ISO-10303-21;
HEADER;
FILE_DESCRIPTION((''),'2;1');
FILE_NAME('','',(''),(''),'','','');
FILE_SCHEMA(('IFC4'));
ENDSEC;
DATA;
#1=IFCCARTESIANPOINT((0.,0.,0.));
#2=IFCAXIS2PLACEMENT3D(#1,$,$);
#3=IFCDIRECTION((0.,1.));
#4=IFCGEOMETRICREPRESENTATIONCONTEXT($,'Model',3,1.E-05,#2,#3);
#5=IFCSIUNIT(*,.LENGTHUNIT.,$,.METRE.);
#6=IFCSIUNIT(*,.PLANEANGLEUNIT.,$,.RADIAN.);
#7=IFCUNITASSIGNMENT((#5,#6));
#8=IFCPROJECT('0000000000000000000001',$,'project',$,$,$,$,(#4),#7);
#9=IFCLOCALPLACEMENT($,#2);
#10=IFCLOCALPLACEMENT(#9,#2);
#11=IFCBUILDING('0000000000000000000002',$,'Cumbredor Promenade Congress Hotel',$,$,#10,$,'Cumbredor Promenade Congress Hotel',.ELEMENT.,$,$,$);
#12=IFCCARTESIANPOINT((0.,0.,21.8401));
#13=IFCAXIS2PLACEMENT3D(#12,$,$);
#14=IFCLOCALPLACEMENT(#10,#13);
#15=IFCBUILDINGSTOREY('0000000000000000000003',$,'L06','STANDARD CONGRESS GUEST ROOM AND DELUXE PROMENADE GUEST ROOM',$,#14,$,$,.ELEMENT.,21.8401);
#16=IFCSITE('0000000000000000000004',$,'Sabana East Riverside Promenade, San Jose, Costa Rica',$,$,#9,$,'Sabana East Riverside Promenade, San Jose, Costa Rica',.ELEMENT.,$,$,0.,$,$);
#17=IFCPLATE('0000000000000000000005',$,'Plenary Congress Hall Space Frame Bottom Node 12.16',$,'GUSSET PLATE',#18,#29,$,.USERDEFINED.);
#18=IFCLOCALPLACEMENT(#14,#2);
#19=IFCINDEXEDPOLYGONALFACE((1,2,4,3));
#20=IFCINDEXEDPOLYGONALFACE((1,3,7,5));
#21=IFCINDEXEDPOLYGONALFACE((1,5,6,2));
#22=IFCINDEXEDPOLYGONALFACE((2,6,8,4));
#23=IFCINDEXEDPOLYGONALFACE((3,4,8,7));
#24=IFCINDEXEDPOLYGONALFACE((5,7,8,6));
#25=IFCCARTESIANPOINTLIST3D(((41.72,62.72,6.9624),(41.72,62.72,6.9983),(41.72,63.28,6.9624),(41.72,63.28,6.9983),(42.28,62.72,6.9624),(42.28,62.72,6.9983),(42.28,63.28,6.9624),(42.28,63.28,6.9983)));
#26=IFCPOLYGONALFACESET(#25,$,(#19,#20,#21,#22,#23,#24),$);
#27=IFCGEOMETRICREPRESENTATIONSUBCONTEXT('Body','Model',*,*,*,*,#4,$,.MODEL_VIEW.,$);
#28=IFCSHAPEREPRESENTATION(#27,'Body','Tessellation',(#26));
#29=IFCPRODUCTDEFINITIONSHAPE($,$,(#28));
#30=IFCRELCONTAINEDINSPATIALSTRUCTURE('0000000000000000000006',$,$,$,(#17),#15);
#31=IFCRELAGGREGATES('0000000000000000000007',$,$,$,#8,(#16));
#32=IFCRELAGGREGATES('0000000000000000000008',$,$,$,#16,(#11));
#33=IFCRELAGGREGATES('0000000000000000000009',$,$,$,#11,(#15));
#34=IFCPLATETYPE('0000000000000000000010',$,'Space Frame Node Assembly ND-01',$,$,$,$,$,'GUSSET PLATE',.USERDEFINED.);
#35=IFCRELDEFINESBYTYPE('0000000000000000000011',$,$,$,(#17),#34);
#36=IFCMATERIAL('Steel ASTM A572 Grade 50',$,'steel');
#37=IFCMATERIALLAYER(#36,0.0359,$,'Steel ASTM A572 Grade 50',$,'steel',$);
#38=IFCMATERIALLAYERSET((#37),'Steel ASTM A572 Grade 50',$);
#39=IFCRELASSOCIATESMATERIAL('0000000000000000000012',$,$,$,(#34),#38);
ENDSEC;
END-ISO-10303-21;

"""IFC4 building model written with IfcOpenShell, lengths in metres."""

from ifc_helpers import new_model, si_unit, direction, frame, origin, origin_2d, place, context, subcontext, project, spatial, rectangle, extrude, material, layer, layer_set, type_object, element, save


model = new_model("IFC4")

# Units and contexts
model_context = context("Model", 3, precision=1e-05, world=origin(), true_north=direction((0.0, 1.0)))
body_context = subcontext(model_context, "Body", "Model", "MODEL_VIEW")
ifc_project = project(units=[si_unit("LENGTHUNIT", "METRE"), si_unit("PLANEANGLEUNIT", "RADIAN")], contexts=[model_context])

# Site, building, storey
site_placement = place(None, origin())
site = spatial("IfcSite", under=ifc_project, at=site_placement, Name="Sabana East Riverside Promenade, San Jose, Costa Rica", LongName="Sabana East Riverside Promenade, San Jose, Costa Rica", CompositionType="ELEMENT", RefElevation=0.0)
building_placement = place(site_placement, origin())
building = spatial("IfcBuilding", under=site, at=building_placement, Name="Cumbredor Promenade Congress Hotel", LongName="Cumbredor Promenade Congress Hotel", CompositionType="ELEMENT")
storey_placement = place(building_placement, frame((0.0, 0.0, 21.8401)))
storey = spatial("IfcBuildingStorey", under=building, at=storey_placement, Name="L06", Description="STANDARD CONGRESS GUEST ROOM AND DELUXE PROMENADE GUEST ROOM", CompositionType="ELEMENT", Elevation=21.8401)

# Plate
ifc_material_1 = material(Name="Steel ASTM A572 Grade 50", Category="steel")
ifc_layer_1 = layer(ifc_material_1, 0.0359, Name="Steel ASTM A572 Grade 50", Category="steel")
ifc_layer_set_1 = layer_set([ifc_layer_1], Name="Steel ASTM A572 Grade 50")
plate_type_1 = type_object("IfcPlateType", Name="Space Frame Node Assembly ND-01", ElementType="GUSSET PLATE", PredefinedType="USERDEFINED", material=ifc_layer_set_1)
for number, where, z_axis, x_axis, name in (
    (1, (42.0, 63.0, 6.9624), (0.0, 0.0, 1.0), (1.0, 0.0, 0.0), "Plenary Congress Hall Space Frame Bottom Node 12.16"),
):
    element("IfcPlate", number, at=place(storey_placement, frame(where, z_axis=z_axis, x_axis=x_axis)), inside=storey, type_object=plate_type_1, Name=name, ObjectType="GUSSET PLATE", PredefinedType="USERDEFINED", context=body_context, shape_type="SweptSolid", body=[
        extrude(rectangle(XDim=0.5601, YDim=0.5601, at=origin_2d()), origin(), (0.0, 0.0, 1.0), 0.0359),
    ])

save(model, "model.ifc")
